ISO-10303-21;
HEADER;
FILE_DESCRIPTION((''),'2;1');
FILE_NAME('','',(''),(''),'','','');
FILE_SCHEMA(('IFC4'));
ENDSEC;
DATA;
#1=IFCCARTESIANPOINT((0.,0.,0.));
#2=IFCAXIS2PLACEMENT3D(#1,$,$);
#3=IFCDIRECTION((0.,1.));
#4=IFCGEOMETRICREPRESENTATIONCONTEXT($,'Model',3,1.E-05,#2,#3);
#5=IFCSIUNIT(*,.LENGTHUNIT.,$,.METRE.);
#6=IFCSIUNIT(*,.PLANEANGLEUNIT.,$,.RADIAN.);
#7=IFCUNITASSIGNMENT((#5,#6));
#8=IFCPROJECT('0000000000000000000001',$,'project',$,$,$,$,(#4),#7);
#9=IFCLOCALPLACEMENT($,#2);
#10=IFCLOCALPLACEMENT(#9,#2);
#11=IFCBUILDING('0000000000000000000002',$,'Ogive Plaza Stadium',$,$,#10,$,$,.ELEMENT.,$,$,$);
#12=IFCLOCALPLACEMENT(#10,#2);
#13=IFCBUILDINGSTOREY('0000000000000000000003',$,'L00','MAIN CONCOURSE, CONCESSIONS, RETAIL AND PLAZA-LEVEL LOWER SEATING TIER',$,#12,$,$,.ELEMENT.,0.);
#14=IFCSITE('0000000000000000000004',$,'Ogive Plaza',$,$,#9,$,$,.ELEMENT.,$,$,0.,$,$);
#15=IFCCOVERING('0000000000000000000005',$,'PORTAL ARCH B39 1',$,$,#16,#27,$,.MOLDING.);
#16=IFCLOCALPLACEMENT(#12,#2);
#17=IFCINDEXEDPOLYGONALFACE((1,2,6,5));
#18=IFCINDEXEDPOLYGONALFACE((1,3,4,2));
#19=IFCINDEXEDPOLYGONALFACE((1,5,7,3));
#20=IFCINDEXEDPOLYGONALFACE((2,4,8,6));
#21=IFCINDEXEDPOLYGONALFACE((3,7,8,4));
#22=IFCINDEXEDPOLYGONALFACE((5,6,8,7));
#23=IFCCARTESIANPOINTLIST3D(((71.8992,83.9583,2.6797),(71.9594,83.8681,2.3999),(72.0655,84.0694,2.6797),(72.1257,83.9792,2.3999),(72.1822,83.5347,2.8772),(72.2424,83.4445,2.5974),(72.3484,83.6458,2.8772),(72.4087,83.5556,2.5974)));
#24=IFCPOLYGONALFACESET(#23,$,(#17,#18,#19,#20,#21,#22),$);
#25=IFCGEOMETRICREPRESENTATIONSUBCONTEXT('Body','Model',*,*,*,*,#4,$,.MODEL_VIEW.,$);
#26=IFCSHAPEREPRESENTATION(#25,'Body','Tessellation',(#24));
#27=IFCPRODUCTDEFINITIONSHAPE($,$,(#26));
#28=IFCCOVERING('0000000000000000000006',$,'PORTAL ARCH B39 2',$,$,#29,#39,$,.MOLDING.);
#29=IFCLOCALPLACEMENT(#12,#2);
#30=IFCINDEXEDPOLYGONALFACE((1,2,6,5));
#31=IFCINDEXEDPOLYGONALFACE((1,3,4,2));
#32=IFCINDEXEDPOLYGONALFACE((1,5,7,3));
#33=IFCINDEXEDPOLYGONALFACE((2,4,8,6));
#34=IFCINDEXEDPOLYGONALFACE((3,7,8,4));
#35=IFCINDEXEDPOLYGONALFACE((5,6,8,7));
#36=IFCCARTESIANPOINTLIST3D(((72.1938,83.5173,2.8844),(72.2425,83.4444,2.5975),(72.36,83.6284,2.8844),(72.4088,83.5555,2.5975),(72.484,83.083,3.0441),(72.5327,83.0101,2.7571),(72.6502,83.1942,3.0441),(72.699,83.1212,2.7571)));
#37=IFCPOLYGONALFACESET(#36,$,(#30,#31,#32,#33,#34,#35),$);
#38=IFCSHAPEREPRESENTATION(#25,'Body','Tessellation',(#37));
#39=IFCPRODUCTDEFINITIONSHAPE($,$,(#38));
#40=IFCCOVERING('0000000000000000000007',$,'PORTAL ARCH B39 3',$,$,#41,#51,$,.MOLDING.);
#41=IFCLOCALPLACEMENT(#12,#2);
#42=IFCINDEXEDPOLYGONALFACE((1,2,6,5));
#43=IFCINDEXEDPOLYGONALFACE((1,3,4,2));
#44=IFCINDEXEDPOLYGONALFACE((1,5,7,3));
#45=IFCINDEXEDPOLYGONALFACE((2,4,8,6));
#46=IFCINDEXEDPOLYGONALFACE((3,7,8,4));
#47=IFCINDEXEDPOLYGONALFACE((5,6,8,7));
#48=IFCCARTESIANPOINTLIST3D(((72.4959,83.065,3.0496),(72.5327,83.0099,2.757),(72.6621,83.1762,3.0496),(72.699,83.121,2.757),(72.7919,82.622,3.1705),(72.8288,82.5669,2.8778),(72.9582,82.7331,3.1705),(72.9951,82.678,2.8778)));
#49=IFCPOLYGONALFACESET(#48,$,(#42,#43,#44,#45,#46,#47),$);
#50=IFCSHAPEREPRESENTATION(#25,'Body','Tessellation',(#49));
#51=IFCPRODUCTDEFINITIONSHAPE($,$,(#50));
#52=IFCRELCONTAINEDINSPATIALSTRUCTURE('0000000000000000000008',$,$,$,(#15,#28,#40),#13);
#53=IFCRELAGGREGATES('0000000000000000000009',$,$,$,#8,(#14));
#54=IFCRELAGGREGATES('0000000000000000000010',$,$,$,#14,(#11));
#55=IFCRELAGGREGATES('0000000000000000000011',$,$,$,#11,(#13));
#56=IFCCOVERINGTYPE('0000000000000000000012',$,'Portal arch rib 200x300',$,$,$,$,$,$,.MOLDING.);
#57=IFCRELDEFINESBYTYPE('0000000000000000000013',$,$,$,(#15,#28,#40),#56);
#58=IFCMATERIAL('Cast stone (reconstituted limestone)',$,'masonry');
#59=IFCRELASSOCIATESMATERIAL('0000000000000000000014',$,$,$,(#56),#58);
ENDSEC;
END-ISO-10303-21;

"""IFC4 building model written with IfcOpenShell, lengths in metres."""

from ifc_helpers import new_model, si_unit, direction, frame, origin, origin_2d, place, context, subcontext, project, spatial, rectangle, extrude, material, material_profile, profile_set, type_object, element, save


model = new_model("IFC4")

# Units and contexts
model_context = context("Model", 3, precision=1e-05, world=origin(), true_north=direction((0.0, 1.0)))
body_context = subcontext(model_context, "Body", "Model", "MODEL_VIEW")
ifc_project = project(units=[si_unit("LENGTHUNIT", "METRE"), si_unit("PLANEANGLEUNIT", "RADIAN")], contexts=[model_context])

# Site, building, storey
site_placement = place(None, origin())
site = spatial("IfcSite", under=ifc_project, at=site_placement, Name="Ogive Plaza", CompositionType="ELEMENT", RefElevation=0.0)
building_placement = place(site_placement, origin())
building = spatial("IfcBuilding", under=site, at=building_placement, Name="Ogive Plaza Stadium", CompositionType="ELEMENT")
storey_placement = place(building_placement, origin())
storey = spatial("IfcBuildingStorey", under=building, at=storey_placement, Name="L00", Description="MAIN CONCOURSE, CONCESSIONS, RETAIL AND PLAZA-LEVEL LOWER SEATING TIER", CompositionType="ELEMENT", Elevation=0.0)

# Coverings
ifc_material_1 = material(Name="Cast stone (reconstituted limestone)", Category="masonry")
ifc_material_profile_1 = material_profile(ifc_material_1, rectangle(XDim=0.2, YDim=0.3, at=origin_2d()), Name="Cast stone 200x300")
ifc_profile_set_1 = profile_set([ifc_material_profile_1], Name="Cast stone (reconstituted limestone)")
covering_type = type_object("IfcCoveringType", Name="Portal arch rib 200x300", PredefinedType="MOLDING", material=ifc_profile_set_1)
covering_1_placement = place(storey_placement, frame((72.0125, 83.9688, 2.5398), z_axis=(0.517907, -0.775297, 0.361507), x_axis=(0.831534, 0.555474, 0.0)))
element("IfcCovering", 1, at=covering_1_placement, inside=storey, type_object=covering_type, Name="PORTAL ARCH B39 1", PredefinedType="MOLDING", context=body_context, shape_type="SweptSolid", body=[
    extrude(rectangle(XDim=0.2, YDim=0.3, at=origin_2d()), origin(), (0.0, 0.0, 1.0), 0.5464),
])
covering_2_placement = place(storey_placement, frame((72.3013, 83.5364, 2.741), z_axis=(0.531403, -0.795094, 0.292294), x_axis=(0.831403, 0.55567, 0.0)))
element("IfcCovering", 2, at=covering_2_placement, inside=storey, type_object=covering_type, Name="PORTAL ARCH B39 2", PredefinedType="MOLDING", context=body_context, shape_type="SweptSolid", body=[
    extrude(rectangle(XDim=0.2, YDim=0.3, at=origin_2d()), origin(), (0.0, 0.0, 1.0), 0.5461),
])
covering_3_placement = place(storey_placement, frame((72.5974, 83.093, 2.9033), z_axis=(0.541895, -0.810832, 0.221136), x_axis=(0.831415, 0.555651, 0.0)))
element("IfcCovering", 3, at=covering_3_placement, inside=storey, type_object=covering_type, Name="PORTAL ARCH B39 3", PredefinedType="MOLDING", context=body_context, shape_type="SweptSolid", body=[
    extrude(rectangle(XDim=0.2, YDim=0.3, at=origin_2d()), origin(), (0.0, 0.0, 1.0), 0.5464),
])

save(model, "model.ifc")
